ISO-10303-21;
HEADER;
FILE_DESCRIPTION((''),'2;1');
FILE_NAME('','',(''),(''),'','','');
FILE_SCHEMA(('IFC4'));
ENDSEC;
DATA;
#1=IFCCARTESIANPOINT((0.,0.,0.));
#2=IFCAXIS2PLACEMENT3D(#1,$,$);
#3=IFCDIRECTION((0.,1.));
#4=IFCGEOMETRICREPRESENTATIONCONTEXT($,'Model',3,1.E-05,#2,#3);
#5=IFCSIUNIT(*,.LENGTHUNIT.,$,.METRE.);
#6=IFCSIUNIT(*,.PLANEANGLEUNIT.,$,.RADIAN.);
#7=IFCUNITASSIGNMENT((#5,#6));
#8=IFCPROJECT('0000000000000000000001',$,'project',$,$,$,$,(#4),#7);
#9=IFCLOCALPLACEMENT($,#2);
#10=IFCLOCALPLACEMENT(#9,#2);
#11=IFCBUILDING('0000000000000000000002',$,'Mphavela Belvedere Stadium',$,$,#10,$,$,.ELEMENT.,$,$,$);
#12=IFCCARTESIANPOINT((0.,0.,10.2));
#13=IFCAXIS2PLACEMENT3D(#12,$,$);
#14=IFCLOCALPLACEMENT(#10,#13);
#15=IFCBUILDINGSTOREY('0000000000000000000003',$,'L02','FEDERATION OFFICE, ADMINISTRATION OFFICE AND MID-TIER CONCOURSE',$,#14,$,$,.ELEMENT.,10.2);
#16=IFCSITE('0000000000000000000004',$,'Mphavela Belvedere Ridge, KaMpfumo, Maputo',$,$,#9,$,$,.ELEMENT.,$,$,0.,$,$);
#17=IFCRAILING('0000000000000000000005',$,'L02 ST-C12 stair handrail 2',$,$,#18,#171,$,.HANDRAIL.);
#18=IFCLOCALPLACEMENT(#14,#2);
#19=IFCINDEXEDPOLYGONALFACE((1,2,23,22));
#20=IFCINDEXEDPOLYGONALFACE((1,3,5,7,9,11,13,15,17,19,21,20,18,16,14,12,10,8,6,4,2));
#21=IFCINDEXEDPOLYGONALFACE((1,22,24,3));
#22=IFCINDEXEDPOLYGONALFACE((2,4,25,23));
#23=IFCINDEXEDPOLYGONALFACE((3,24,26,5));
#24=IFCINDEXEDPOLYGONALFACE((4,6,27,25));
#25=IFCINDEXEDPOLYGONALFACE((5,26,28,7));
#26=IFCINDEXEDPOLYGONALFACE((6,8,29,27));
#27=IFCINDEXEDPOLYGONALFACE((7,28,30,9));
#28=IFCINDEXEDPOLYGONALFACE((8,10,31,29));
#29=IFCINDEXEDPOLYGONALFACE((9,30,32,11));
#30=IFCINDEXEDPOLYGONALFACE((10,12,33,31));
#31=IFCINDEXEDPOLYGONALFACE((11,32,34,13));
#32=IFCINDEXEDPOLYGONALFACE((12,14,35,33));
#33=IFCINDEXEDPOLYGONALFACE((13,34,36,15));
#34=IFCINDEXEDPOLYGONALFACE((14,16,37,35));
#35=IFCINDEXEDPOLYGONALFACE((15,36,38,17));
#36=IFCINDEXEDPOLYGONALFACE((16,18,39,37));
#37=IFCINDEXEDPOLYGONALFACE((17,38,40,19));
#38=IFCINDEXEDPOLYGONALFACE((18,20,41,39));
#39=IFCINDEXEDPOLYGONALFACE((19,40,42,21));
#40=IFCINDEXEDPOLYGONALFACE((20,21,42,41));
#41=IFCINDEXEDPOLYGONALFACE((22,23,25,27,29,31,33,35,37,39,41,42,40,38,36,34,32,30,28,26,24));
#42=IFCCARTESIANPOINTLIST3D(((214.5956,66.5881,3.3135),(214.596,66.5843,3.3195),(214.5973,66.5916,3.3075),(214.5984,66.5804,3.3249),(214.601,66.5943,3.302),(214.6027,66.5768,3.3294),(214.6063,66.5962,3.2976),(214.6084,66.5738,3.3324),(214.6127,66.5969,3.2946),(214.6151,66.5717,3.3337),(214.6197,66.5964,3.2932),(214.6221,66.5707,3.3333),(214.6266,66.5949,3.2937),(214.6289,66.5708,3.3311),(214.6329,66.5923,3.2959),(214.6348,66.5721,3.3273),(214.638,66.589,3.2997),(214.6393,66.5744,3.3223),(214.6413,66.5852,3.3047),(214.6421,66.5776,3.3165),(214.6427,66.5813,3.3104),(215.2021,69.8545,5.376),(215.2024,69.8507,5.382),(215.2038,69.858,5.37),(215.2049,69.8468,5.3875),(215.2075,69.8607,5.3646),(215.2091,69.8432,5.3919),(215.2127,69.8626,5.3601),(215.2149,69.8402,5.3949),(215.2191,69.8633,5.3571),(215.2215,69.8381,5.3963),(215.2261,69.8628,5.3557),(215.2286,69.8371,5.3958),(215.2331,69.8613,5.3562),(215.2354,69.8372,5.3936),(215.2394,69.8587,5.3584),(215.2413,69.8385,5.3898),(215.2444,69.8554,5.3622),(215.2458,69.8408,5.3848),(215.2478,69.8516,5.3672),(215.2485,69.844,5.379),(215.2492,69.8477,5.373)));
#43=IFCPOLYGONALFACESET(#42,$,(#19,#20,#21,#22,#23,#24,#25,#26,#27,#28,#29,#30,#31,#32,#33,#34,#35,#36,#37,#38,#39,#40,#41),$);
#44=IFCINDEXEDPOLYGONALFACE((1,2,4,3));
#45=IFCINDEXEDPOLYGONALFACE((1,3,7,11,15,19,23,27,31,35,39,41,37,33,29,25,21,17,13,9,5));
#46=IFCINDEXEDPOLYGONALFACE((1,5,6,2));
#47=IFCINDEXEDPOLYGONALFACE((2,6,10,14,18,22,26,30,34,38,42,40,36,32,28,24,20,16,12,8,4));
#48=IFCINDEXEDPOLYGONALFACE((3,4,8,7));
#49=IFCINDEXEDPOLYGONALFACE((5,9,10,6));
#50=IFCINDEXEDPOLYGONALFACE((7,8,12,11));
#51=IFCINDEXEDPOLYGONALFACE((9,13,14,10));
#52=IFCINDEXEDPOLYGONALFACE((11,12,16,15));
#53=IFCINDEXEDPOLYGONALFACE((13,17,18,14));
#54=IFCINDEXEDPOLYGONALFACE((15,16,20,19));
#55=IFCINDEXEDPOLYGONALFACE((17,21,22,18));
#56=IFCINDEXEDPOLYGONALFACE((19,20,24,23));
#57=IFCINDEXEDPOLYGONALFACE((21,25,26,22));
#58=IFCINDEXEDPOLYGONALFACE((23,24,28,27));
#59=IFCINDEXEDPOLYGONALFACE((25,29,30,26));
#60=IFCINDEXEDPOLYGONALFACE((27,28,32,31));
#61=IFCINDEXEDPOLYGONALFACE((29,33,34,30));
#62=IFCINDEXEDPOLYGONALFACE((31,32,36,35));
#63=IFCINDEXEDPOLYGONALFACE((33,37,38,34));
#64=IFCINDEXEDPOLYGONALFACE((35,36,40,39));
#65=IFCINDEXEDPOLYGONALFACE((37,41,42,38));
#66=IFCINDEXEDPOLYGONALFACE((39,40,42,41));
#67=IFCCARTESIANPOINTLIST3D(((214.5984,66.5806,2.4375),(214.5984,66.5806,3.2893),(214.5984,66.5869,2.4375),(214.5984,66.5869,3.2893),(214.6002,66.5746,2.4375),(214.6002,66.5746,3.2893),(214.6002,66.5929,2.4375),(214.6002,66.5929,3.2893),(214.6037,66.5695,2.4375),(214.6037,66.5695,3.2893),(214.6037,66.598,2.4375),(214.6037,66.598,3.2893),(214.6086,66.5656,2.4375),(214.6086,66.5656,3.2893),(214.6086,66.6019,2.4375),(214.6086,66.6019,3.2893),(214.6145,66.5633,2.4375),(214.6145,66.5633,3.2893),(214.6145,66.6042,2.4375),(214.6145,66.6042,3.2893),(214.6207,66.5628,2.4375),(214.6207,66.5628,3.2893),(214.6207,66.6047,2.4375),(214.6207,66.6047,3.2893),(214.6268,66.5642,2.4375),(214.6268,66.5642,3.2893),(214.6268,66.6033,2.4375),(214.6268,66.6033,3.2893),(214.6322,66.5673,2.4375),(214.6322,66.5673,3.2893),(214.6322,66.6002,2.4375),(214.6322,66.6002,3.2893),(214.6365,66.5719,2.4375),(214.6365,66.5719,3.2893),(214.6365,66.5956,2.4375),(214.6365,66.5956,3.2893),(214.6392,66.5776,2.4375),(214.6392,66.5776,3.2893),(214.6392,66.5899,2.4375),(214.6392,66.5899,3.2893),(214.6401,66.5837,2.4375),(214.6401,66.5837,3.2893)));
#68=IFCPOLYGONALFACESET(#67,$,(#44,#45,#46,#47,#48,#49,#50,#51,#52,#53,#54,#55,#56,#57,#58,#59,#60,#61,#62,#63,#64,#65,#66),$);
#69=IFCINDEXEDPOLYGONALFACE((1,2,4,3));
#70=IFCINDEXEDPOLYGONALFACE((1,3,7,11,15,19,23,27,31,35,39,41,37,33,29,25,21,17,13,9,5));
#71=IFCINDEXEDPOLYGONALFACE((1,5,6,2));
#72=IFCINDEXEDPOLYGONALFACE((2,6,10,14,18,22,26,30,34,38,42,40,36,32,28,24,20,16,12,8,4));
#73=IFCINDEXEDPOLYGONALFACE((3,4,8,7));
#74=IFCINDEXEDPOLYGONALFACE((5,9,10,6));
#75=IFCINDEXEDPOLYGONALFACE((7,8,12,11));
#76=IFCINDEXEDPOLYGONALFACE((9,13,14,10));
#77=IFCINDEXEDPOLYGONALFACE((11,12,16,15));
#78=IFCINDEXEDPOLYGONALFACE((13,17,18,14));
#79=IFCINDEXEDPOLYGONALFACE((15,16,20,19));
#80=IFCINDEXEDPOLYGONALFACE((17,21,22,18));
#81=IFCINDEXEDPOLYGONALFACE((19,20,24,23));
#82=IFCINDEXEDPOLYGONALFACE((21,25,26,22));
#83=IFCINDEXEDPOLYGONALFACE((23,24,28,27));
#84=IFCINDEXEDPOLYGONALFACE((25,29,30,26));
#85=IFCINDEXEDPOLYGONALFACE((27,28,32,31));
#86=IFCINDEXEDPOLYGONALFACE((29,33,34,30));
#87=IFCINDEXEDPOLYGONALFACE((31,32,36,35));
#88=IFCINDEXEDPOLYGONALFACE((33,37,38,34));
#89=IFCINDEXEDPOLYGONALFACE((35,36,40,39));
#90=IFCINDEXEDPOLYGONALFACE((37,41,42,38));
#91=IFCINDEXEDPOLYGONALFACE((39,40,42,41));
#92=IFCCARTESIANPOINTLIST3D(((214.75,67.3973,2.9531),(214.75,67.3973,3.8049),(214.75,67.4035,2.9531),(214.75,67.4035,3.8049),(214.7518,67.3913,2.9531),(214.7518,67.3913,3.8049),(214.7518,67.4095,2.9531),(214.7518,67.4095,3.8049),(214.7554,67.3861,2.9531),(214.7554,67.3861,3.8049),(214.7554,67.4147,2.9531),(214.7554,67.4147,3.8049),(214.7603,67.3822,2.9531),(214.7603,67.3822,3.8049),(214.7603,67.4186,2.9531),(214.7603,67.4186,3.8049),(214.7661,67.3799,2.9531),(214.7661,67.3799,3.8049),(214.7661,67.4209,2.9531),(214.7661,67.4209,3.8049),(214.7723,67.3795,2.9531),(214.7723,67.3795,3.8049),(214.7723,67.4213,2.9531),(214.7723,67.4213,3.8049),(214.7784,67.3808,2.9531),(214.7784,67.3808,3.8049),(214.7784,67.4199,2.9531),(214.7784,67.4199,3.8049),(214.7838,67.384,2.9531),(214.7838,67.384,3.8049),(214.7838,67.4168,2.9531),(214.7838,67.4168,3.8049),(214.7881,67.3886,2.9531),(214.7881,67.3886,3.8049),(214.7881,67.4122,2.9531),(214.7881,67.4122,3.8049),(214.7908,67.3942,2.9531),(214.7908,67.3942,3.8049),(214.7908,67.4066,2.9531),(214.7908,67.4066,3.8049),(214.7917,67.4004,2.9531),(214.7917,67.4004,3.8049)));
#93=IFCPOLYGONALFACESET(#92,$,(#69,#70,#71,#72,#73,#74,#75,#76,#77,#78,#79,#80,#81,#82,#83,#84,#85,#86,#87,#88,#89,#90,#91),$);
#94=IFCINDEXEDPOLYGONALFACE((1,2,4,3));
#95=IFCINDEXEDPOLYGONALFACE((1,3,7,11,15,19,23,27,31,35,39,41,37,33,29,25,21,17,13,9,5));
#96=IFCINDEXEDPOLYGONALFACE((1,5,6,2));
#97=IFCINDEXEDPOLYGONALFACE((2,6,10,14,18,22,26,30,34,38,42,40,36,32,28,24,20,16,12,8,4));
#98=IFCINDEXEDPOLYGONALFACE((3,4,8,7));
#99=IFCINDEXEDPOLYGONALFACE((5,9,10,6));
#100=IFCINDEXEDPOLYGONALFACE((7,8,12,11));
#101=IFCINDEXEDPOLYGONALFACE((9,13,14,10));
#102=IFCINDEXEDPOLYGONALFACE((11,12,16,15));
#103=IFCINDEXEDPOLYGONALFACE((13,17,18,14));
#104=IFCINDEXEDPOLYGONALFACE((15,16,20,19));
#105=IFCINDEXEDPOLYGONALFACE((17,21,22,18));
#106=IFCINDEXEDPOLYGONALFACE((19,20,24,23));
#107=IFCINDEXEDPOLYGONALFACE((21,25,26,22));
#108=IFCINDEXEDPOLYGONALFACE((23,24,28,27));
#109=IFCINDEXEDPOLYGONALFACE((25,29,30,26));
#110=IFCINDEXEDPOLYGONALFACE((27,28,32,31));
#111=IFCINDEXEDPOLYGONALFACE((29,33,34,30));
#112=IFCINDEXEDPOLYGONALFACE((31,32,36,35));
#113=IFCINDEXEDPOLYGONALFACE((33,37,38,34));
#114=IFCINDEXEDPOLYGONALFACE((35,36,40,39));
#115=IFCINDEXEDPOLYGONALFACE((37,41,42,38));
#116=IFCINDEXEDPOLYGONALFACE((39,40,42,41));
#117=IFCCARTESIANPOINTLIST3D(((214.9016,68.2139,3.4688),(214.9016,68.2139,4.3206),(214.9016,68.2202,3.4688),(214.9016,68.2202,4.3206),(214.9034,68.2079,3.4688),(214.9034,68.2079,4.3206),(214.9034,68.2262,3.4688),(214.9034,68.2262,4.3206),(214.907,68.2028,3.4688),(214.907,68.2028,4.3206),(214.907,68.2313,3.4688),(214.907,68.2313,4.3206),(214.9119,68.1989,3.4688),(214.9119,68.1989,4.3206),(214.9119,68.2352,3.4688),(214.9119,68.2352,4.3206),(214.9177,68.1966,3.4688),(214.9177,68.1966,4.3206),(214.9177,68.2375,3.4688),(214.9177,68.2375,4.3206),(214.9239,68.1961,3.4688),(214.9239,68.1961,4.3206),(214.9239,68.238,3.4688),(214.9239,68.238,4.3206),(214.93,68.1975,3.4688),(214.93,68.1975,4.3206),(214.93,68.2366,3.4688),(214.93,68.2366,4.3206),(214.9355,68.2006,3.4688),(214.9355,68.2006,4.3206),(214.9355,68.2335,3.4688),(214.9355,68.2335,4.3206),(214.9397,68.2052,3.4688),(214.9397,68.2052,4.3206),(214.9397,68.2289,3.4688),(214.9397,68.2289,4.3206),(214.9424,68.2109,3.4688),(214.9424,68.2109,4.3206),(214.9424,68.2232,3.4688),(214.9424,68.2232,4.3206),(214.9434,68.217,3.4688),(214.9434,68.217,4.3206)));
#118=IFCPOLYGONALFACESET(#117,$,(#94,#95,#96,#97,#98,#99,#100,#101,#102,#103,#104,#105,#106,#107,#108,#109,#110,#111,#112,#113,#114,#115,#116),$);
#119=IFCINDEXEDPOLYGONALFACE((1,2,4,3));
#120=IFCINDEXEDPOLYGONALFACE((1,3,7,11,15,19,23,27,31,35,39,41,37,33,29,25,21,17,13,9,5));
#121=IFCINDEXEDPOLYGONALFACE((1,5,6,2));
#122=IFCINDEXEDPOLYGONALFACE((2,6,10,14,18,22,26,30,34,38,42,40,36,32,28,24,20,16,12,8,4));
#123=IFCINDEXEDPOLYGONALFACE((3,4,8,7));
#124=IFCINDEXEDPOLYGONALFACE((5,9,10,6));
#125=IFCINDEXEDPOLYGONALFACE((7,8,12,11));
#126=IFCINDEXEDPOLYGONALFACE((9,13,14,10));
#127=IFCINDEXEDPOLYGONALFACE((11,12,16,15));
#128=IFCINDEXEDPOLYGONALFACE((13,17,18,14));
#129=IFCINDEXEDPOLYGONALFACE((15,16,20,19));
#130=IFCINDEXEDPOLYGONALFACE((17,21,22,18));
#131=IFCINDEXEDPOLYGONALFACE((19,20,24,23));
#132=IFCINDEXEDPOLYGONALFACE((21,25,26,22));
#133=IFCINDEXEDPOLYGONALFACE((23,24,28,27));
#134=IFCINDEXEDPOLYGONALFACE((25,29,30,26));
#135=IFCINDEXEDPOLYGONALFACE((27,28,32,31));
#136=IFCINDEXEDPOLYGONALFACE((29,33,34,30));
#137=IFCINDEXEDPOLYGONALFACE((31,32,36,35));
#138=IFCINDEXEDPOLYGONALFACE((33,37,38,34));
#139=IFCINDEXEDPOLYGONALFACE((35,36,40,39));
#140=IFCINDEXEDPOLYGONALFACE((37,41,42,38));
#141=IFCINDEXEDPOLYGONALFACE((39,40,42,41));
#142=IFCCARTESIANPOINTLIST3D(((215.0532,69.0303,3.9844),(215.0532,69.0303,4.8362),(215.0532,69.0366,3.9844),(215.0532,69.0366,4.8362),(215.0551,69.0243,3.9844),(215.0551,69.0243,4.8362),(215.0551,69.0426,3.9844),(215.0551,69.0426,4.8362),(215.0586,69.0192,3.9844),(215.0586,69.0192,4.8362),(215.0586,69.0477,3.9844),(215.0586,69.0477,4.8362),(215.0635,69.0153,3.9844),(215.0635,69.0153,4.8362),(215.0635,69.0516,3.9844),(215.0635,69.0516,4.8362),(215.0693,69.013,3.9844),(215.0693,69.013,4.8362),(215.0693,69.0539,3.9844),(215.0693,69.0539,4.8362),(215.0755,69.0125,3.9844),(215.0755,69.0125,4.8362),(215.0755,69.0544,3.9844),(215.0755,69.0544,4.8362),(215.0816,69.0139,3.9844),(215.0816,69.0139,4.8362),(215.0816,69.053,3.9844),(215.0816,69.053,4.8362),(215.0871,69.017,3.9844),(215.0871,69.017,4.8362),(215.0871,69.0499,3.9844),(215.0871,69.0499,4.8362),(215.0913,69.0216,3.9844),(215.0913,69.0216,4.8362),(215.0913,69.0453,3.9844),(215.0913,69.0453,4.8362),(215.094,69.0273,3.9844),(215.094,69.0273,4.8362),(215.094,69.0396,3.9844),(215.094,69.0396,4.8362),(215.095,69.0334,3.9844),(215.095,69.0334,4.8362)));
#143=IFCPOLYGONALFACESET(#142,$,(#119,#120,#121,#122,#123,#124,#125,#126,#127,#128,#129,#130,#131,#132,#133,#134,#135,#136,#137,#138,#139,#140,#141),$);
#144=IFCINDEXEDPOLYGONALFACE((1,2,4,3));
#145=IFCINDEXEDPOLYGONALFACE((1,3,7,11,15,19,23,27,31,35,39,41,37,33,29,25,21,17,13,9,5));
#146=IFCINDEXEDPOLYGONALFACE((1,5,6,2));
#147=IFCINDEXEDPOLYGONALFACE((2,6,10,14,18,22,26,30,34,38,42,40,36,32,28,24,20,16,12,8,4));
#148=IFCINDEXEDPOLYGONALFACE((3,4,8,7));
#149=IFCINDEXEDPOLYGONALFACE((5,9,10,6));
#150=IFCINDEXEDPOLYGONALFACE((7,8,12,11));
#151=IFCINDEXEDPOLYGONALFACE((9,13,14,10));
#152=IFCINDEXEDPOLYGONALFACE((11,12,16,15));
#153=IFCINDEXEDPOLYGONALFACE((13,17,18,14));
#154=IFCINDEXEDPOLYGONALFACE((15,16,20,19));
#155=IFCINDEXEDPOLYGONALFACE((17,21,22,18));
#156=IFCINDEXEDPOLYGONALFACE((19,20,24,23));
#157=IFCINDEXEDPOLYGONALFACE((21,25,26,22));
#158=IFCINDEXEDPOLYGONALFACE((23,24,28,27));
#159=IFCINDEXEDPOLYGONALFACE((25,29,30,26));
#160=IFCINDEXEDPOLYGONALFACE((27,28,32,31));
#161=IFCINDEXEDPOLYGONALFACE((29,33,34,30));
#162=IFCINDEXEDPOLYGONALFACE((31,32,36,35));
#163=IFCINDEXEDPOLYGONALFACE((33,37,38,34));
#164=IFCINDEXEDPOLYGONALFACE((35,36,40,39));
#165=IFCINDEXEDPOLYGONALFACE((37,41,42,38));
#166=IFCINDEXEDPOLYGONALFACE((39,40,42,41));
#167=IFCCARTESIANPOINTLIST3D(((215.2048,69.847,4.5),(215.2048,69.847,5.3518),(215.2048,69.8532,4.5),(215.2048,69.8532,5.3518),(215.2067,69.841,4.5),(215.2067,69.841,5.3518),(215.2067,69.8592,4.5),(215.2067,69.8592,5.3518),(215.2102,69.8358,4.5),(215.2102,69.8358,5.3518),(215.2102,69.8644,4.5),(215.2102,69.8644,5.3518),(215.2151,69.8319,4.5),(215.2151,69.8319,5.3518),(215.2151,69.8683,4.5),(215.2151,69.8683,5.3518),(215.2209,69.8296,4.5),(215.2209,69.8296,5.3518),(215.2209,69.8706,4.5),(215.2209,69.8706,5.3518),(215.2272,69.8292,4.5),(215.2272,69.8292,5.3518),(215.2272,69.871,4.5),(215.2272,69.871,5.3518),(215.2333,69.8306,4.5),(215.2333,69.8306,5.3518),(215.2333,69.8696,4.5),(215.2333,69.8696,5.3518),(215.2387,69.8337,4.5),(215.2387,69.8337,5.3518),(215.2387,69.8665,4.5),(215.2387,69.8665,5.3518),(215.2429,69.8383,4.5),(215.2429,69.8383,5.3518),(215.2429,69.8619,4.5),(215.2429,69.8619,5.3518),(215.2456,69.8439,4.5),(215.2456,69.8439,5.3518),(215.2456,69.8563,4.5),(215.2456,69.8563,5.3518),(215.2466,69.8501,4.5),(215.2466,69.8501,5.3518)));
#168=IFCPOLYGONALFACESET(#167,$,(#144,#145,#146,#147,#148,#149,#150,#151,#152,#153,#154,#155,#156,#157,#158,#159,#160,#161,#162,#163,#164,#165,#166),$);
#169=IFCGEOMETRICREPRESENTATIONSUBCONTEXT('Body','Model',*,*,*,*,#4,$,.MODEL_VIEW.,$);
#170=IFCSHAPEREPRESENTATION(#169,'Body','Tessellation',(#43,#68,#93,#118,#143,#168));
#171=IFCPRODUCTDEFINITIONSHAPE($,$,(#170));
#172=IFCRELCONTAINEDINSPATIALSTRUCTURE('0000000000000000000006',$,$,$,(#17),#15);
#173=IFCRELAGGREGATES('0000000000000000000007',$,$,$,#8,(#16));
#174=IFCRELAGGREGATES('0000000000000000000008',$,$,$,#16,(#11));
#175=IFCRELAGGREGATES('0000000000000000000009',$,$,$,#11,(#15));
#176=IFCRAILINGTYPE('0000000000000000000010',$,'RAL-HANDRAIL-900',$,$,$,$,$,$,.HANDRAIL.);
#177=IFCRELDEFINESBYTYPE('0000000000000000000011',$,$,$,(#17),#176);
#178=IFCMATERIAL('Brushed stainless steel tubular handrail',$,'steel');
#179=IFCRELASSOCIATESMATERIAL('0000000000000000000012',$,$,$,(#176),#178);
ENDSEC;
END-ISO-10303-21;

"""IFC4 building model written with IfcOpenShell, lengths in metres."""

from ifc_helpers import new_model, si_unit, direction, frame, origin, origin_2d, place, context, subcontext, project, spatial, circle, extrude, material, type_object, element, save


model = new_model("IFC4")

# Units and contexts
model_context = context("Model", 3, precision=1e-05, world=origin(), true_north=direction((0.0, 1.0)))
body_context = subcontext(model_context, "Body", "Model", "MODEL_VIEW")
ifc_project = project(units=[si_unit("LENGTHUNIT", "METRE"), si_unit("PLANEANGLEUNIT", "RADIAN")], contexts=[model_context])

# Site, building, storey
site_placement = place(None, origin())
site = spatial("IfcSite", under=ifc_project, at=site_placement, Name="Mphavela Belvedere Ridge, KaMpfumo, Maputo", CompositionType="ELEMENT", RefElevation=0.0)
building_placement = place(site_placement, origin())
building = spatial("IfcBuilding", under=site, at=building_placement, Name="Mphavela Belvedere Stadium", CompositionType="ELEMENT")
storey_placement = place(building_placement, frame((0.0, 0.0, 10.2)))
storey = spatial("IfcBuildingStorey", under=building, at=storey_placement, Name="L02", Description="FEDERATION OFFICE, ADMINISTRATION OFFICE AND MID-TIER CONCOURSE", CompositionType="ELEMENT", Elevation=10.2)

# Railing
ifc_material_1 = material(Name="Brushed stainless steel tubular handrail", Category="steel")
railing_type = type_object("IfcRailingType", Name="RAL-HANDRAIL-900", PredefinedType="HANDRAIL", material=ifc_material_1)
railing_placement = place(storey_placement, frame((214.6191, 66.5837, 2.4375)))
element("IfcRailing", 1, at=railing_placement, inside=storey, type_object=railing_type, Name="L02 ST-C12 stair handrail 2", PredefinedType="HANDRAIL", context=body_context, shape_type="SweptSolid", body=[
    extrude(circle(Radius=0.0239, at=origin_2d()), frame((0.0, 0.0, 0.876), z_axis=(0.155088, 0.835313, 0.527447), x_axis=(-0.983198, 0.182544, 0.0)), (0.0, 0.0, 1.0), 3.9104),
    extrude(circle(Radius=0.021, at=origin_2d()), origin(), (0.0, 0.0, 1.0), 0.8518),
    extrude(circle(Radius=0.021, at=origin_2d()), frame((0.1516, 0.8167, 0.5156)), (0.0, 0.0, 1.0), 0.8518),
    extrude(circle(Radius=0.021, at=origin_2d()), frame((0.3032, 1.6333, 1.0312)), (0.0, 0.0, 1.0), 0.8518),
    extrude(circle(Radius=0.021, at=origin_2d()), frame((0.4548, 2.4497, 1.5469)), (0.0, 0.0, 1.0), 0.8518),
    extrude(circle(Radius=0.021, at=origin_2d()), frame((0.6064, 3.2664, 2.0625)), (0.0, 0.0, 1.0), 0.8518),
])

save(model, "model.ifc")
